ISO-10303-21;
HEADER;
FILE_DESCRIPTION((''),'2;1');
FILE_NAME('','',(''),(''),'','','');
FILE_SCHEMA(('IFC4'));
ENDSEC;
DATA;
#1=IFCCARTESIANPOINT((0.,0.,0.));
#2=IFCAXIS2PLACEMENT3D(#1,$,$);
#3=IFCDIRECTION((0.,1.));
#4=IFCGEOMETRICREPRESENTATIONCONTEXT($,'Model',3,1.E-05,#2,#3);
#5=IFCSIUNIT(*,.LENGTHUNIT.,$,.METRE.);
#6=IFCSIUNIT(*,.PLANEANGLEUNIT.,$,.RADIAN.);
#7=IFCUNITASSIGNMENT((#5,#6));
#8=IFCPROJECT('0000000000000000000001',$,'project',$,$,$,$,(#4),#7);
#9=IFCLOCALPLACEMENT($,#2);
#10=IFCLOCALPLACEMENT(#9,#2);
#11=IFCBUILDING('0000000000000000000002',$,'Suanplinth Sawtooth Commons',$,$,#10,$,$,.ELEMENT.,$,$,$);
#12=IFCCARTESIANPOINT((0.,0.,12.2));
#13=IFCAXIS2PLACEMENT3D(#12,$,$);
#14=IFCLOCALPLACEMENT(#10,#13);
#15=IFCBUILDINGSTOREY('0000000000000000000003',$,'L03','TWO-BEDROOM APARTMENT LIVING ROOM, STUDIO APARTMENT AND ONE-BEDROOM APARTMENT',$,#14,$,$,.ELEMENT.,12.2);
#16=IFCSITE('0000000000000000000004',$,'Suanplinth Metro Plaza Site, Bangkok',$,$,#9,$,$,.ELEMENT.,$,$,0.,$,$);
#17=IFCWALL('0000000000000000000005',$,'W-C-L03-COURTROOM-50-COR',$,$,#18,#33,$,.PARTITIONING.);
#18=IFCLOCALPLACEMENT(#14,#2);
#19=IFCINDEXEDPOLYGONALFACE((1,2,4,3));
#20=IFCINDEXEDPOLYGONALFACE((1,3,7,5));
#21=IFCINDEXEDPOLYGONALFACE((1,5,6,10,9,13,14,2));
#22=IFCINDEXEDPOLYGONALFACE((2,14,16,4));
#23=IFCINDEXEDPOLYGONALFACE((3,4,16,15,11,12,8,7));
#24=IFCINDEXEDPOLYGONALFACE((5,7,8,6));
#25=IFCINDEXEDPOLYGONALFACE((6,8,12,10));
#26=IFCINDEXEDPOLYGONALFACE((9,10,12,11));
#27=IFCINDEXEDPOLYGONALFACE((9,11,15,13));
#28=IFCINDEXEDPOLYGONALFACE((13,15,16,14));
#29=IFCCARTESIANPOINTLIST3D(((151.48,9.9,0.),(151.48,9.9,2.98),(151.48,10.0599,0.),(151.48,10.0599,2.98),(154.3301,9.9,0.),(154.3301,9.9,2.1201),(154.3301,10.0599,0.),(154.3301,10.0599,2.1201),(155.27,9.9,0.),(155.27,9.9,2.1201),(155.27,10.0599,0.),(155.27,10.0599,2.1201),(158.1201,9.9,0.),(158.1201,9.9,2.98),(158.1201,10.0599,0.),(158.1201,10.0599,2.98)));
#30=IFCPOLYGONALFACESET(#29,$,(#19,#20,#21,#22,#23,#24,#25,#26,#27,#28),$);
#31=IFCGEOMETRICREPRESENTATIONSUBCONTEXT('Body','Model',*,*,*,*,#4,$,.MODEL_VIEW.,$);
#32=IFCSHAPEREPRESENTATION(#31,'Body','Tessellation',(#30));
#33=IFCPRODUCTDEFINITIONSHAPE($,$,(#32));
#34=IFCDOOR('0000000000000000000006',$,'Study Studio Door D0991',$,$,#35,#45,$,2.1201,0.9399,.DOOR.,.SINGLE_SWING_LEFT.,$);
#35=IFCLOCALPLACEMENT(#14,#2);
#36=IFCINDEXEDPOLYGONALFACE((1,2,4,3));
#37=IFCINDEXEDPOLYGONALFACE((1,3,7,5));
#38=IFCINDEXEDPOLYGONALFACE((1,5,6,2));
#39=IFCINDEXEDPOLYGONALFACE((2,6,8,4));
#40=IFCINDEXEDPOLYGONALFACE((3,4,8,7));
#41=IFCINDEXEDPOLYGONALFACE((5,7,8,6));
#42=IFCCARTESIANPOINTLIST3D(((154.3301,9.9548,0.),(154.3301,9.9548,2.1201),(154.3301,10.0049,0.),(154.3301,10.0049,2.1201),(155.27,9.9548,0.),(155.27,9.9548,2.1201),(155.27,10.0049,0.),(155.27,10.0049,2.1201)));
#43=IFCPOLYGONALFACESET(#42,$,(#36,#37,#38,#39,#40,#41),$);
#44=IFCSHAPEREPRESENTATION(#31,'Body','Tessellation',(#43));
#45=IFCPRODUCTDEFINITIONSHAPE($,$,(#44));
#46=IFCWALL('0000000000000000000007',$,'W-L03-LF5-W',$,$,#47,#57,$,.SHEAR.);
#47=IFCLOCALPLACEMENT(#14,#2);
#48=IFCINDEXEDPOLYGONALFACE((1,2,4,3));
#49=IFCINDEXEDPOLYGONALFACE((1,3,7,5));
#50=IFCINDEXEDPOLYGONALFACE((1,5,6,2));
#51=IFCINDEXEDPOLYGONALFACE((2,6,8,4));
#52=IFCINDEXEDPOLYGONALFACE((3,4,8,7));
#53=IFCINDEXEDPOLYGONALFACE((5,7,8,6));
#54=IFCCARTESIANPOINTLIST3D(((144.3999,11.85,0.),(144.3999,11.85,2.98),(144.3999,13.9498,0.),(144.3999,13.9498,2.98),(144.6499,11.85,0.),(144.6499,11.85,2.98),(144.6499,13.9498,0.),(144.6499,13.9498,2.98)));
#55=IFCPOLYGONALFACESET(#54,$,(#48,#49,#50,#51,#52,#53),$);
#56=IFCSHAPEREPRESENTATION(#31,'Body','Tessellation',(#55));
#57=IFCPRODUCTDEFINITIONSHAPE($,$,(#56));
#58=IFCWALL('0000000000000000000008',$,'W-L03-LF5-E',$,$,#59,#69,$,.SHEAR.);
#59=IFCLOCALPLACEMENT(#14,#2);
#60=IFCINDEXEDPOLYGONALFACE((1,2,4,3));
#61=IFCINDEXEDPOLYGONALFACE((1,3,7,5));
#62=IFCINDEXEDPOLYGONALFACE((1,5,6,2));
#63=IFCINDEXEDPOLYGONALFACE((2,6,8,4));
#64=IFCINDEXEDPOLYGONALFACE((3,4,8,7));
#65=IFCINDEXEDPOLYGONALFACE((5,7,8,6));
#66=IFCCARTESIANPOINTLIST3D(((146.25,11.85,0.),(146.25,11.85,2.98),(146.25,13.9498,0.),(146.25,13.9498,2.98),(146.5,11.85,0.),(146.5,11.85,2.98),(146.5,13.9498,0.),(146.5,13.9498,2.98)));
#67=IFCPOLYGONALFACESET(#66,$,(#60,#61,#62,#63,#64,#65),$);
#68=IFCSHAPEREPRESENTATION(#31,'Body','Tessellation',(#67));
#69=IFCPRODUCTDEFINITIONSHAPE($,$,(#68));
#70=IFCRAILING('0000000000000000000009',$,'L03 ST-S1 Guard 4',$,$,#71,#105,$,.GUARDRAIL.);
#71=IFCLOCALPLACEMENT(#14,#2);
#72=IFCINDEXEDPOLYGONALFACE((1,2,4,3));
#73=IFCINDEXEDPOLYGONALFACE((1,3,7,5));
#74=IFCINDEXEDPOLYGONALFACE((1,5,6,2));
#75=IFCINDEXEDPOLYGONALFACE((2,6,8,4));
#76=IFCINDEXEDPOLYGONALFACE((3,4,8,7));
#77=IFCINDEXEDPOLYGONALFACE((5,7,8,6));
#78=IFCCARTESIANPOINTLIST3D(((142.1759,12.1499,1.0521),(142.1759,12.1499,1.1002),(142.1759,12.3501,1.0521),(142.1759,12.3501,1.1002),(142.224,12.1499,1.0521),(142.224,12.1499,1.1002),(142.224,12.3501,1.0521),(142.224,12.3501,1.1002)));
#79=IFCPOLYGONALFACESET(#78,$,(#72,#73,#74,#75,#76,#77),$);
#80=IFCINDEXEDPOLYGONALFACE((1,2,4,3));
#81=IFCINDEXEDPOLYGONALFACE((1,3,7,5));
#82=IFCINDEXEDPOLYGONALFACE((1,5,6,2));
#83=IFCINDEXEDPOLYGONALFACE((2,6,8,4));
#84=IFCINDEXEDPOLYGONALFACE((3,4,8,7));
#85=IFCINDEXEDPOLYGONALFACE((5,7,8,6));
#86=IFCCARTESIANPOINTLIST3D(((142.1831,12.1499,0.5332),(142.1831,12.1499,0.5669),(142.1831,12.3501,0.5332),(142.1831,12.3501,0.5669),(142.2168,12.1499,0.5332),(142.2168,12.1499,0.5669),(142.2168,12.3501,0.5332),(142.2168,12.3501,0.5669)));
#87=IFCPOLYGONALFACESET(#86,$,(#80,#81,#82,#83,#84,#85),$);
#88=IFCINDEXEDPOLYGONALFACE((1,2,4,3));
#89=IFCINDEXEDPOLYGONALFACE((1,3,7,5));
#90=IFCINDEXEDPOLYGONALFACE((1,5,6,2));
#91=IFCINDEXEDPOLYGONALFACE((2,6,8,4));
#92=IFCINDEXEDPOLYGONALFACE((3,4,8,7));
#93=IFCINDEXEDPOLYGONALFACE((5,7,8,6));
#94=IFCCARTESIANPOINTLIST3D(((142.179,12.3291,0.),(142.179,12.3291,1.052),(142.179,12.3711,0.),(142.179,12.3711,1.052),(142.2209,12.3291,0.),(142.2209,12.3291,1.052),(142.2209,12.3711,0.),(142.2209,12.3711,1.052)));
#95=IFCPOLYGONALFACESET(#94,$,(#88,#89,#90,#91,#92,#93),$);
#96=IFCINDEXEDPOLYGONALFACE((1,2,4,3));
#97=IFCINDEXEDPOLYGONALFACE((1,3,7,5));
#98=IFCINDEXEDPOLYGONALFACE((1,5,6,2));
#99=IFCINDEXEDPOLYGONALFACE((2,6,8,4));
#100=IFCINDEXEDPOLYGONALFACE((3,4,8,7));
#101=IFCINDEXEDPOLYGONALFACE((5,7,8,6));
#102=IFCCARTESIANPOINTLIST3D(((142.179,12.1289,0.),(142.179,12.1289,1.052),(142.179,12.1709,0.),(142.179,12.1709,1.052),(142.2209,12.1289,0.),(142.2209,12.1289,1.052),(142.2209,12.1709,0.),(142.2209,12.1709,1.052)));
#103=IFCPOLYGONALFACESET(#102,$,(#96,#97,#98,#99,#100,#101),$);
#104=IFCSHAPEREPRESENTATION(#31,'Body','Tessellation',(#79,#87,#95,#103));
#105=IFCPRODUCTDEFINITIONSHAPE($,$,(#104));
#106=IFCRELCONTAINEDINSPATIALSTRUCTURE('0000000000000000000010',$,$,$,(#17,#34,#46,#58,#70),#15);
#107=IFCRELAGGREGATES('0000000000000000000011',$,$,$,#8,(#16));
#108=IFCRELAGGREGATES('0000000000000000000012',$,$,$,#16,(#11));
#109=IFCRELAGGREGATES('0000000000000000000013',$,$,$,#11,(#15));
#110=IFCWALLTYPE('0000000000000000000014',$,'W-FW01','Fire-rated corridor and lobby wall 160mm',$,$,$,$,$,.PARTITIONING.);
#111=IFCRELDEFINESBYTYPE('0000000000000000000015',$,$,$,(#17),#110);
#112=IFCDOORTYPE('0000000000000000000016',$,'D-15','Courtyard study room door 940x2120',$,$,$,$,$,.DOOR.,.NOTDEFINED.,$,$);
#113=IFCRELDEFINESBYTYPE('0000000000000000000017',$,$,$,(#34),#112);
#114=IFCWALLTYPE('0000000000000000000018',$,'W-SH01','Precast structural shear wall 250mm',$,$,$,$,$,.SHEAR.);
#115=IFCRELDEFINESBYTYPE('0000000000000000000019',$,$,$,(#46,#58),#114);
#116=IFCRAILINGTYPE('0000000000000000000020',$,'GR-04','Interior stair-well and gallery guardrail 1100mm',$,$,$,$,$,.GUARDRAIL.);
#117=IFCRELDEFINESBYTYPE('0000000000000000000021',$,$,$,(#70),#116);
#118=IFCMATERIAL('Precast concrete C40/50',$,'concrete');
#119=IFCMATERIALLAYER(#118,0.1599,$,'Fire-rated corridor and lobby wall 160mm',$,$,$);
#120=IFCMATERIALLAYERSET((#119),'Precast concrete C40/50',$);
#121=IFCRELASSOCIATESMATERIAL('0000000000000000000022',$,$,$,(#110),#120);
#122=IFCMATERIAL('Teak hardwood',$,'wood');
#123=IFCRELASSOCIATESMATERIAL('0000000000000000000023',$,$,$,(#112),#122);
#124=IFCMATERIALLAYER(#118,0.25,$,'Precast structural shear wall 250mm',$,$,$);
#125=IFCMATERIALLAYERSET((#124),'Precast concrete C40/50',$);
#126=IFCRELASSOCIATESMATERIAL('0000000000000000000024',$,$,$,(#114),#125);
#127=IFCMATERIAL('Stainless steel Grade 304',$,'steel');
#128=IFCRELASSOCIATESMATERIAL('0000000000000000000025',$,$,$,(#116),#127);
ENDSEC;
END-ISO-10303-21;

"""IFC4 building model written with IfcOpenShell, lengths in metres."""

from ifc_helpers import new_model, si_unit, direction, frame, frame_2d, origin, origin_2d, place, context, subcontext, project, spatial, rectangle, extrude, material, layer, layer_set, type_object, element, fill, save


model = new_model("IFC4")

# Units and contexts
model_context = context("Model", 3, precision=1e-05, world=origin(), true_north=direction((0.0, 1.0)))
body_context = subcontext(model_context, "Body", "Model", "MODEL_VIEW")
ifc_project = project(units=[si_unit("LENGTHUNIT", "METRE"), si_unit("PLANEANGLEUNIT", "RADIAN")], contexts=[model_context])

# Site, building, storey
site_placement = place(None, origin())
site = spatial("IfcSite", under=ifc_project, at=site_placement, Name="Suanplinth Metro Plaza Site, Bangkok", CompositionType="ELEMENT", RefElevation=0.0)
building_placement = place(site_placement, origin())
building = spatial("IfcBuilding", under=site, at=building_placement, Name="Suanplinth Sawtooth Commons", CompositionType="ELEMENT")
storey_placement = place(building_placement, frame((0.0, 0.0, 12.2)))
storey = spatial("IfcBuildingStorey", under=building, at=storey_placement, Name="L03", Description="TWO-BEDROOM APARTMENT LIVING ROOM, STUDIO APARTMENT AND ONE-BEDROOM APARTMENT", CompositionType="ELEMENT", Elevation=12.2)

# Shared definitions
ifc_material_1 = material(Name="Precast concrete C40/50", Category="concrete")

# Shared definitions
ifc_layer_1 = layer(ifc_material_1, 0.1599, Name="Fire-rated corridor and lobby wall 160mm")
ifc_layer_set_1 = layer_set([ifc_layer_1], Name="Precast concrete C40/50")
wall_type_1 = type_object("IfcWallType", Name="W-FW01", Description="Fire-rated corridor and lobby wall 160mm", PredefinedType="PARTITIONING", material=ifc_layer_set_1)

# Wall, opening, door
wall_1_placement = place(storey_placement, frame((151.48, 9.98, 0.0), z_axis=(0.0, 0.0, 1.0), x_axis=(1.0, 0.0, 0.0)))
wall_1 = element("IfcWall", 1, at=wall_1_placement, inside=storey, type_object=wall_type_1, Name="W-C-L03-COURTROOM-50-COR", PredefinedType="PARTITIONING", context=body_context, shape_type="SweptSolid", body=[
    extrude(rectangle(XDim=6.6401, YDim=0.1599, at=frame_2d((3.3201, 0.0))), origin(), (0.0, 0.0, 1.0), 2.98),
])
opening_1_placement = place(wall_1_placement, frame((2.8501, 0.0, 0.0)))
opening_1 = element("IfcOpeningElement", 2, at=opening_1_placement, cuts=wall_1, PredefinedType="OPENING", context=body_context, shape_type="SweptSolid", body=[
    extrude(rectangle(XDim=0.9399, YDim=2.1201, at=frame_2d((0.47, 1.0601))), frame((0.0, 0.0947, 0.0), z_axis=(0.0, -1.0, 0.0), x_axis=(1.0, 0.0, 0.0)), (0.0, 0.0, 1.0), 0.1897),
])
ifc_material_2 = material(Name="Teak hardwood", Category="wood")
door_type_1 = type_object("IfcDoorType", Name="D-15", Description="Courtyard study room door 940x2120", OperationType="NOTDEFINED", PredefinedType="DOOR", material=ifc_material_2)
door_1_placement = place(opening_1_placement, origin())
door_1 = element("IfcDoor", 3, at=door_1_placement, inside=storey, type_object=door_type_1, Name="Study Studio Door D0991", OperationType="SINGLE_SWING_LEFT", OverallHeight=2.1201, OverallWidth=0.9399, PredefinedType="DOOR", context=body_context, shape_type="SweptSolid", body=[
    extrude(rectangle(XDim=0.9399, YDim=2.1201, at=frame_2d((0.47, 1.0601))), frame((0.0, 0.0249, 0.0), z_axis=(0.0, -1.0, 0.0), x_axis=(1.0, 0.0, 0.0)), (0.0, 0.0, 1.0), 0.05),
])
fill(opening_1, door_1)
ifc_layer_2 = layer(ifc_material_1, 0.25, Name="Precast structural shear wall 250mm")
ifc_layer_set_2 = layer_set([ifc_layer_2], Name="Precast concrete C40/50")
wall_type_2 = type_object("IfcWallType", Name="W-SH01", Description="Precast structural shear wall 250mm", PredefinedType="SHEAR", material=ifc_layer_set_2)
ifc_material_3 = material(Name="Stainless steel Grade 304", Category="steel")

# Walls
for number, where, z_axis, x_axis, name in (
    (4, (144.5249, 11.8501, 0.0), (0.0, 0.0, 1.0), (0.0, 1.0, 0.0), "W-L03-LF5-W"),
    (5, (146.375, 11.8501, 0.0), (0.0, 0.0, 1.0), (0.0, 1.0, 0.0), "W-L03-LF5-E"),
):
    element("IfcWall", number, at=place(storey_placement, frame(where, z_axis=z_axis, x_axis=x_axis)), inside=storey, type_object=wall_type_2, Name=name, PredefinedType="SHEAR", context=body_context, shape_type="SweptSolid", body=[
        extrude(rectangle(XDim=2.0999, YDim=0.25, at=frame_2d((1.0498, 0.0))), origin(), (0.0, 0.0, 1.0), 2.98),
    ])

# Railing
railing_type = type_object("IfcRailingType", Name="GR-04", Description="Interior stair-well and gallery guardrail 1100mm", PredefinedType="GUARDRAIL", material=ifc_material_3)
railing_placement = place(storey_placement, frame((142.2, 12.3501, 0.0)))
element("IfcRailing", 6, at=railing_placement, inside=storey, type_object=railing_type, Name="L03 ST-S1 Guard 4", PredefinedType="GUARDRAIL", context=body_context, shape_type="SweptSolid", body=[
    extrude(rectangle(XDim=0.0481, YDim=0.0481, at=origin_2d()), frame((0.0, 0.0, 1.0762), z_axis=(0.0, -1.0, 0.0), x_axis=(1.0, 0.0, 0.0)), (0.0, 0.0, 1.0), 0.2002),
    extrude(rectangle(XDim=0.0337, YDim=0.0337, at=origin_2d()), frame((0.0, 0.0, 0.55), z_axis=(0.0, -1.0, 0.0), x_axis=(1.0, 0.0, 0.0)), (0.0, 0.0, 1.0), 0.2002),
    extrude(rectangle(XDim=0.042, YDim=0.042, at=origin_2d()), origin(), (0.0, 0.0, 1.0), 1.052),
    extrude(rectangle(XDim=0.042, YDim=0.042, at=origin_2d()), frame((0.0, -0.2002, 0.0)), (0.0, 0.0, 1.0), 1.052),
])

save(model, "model.ifc")
